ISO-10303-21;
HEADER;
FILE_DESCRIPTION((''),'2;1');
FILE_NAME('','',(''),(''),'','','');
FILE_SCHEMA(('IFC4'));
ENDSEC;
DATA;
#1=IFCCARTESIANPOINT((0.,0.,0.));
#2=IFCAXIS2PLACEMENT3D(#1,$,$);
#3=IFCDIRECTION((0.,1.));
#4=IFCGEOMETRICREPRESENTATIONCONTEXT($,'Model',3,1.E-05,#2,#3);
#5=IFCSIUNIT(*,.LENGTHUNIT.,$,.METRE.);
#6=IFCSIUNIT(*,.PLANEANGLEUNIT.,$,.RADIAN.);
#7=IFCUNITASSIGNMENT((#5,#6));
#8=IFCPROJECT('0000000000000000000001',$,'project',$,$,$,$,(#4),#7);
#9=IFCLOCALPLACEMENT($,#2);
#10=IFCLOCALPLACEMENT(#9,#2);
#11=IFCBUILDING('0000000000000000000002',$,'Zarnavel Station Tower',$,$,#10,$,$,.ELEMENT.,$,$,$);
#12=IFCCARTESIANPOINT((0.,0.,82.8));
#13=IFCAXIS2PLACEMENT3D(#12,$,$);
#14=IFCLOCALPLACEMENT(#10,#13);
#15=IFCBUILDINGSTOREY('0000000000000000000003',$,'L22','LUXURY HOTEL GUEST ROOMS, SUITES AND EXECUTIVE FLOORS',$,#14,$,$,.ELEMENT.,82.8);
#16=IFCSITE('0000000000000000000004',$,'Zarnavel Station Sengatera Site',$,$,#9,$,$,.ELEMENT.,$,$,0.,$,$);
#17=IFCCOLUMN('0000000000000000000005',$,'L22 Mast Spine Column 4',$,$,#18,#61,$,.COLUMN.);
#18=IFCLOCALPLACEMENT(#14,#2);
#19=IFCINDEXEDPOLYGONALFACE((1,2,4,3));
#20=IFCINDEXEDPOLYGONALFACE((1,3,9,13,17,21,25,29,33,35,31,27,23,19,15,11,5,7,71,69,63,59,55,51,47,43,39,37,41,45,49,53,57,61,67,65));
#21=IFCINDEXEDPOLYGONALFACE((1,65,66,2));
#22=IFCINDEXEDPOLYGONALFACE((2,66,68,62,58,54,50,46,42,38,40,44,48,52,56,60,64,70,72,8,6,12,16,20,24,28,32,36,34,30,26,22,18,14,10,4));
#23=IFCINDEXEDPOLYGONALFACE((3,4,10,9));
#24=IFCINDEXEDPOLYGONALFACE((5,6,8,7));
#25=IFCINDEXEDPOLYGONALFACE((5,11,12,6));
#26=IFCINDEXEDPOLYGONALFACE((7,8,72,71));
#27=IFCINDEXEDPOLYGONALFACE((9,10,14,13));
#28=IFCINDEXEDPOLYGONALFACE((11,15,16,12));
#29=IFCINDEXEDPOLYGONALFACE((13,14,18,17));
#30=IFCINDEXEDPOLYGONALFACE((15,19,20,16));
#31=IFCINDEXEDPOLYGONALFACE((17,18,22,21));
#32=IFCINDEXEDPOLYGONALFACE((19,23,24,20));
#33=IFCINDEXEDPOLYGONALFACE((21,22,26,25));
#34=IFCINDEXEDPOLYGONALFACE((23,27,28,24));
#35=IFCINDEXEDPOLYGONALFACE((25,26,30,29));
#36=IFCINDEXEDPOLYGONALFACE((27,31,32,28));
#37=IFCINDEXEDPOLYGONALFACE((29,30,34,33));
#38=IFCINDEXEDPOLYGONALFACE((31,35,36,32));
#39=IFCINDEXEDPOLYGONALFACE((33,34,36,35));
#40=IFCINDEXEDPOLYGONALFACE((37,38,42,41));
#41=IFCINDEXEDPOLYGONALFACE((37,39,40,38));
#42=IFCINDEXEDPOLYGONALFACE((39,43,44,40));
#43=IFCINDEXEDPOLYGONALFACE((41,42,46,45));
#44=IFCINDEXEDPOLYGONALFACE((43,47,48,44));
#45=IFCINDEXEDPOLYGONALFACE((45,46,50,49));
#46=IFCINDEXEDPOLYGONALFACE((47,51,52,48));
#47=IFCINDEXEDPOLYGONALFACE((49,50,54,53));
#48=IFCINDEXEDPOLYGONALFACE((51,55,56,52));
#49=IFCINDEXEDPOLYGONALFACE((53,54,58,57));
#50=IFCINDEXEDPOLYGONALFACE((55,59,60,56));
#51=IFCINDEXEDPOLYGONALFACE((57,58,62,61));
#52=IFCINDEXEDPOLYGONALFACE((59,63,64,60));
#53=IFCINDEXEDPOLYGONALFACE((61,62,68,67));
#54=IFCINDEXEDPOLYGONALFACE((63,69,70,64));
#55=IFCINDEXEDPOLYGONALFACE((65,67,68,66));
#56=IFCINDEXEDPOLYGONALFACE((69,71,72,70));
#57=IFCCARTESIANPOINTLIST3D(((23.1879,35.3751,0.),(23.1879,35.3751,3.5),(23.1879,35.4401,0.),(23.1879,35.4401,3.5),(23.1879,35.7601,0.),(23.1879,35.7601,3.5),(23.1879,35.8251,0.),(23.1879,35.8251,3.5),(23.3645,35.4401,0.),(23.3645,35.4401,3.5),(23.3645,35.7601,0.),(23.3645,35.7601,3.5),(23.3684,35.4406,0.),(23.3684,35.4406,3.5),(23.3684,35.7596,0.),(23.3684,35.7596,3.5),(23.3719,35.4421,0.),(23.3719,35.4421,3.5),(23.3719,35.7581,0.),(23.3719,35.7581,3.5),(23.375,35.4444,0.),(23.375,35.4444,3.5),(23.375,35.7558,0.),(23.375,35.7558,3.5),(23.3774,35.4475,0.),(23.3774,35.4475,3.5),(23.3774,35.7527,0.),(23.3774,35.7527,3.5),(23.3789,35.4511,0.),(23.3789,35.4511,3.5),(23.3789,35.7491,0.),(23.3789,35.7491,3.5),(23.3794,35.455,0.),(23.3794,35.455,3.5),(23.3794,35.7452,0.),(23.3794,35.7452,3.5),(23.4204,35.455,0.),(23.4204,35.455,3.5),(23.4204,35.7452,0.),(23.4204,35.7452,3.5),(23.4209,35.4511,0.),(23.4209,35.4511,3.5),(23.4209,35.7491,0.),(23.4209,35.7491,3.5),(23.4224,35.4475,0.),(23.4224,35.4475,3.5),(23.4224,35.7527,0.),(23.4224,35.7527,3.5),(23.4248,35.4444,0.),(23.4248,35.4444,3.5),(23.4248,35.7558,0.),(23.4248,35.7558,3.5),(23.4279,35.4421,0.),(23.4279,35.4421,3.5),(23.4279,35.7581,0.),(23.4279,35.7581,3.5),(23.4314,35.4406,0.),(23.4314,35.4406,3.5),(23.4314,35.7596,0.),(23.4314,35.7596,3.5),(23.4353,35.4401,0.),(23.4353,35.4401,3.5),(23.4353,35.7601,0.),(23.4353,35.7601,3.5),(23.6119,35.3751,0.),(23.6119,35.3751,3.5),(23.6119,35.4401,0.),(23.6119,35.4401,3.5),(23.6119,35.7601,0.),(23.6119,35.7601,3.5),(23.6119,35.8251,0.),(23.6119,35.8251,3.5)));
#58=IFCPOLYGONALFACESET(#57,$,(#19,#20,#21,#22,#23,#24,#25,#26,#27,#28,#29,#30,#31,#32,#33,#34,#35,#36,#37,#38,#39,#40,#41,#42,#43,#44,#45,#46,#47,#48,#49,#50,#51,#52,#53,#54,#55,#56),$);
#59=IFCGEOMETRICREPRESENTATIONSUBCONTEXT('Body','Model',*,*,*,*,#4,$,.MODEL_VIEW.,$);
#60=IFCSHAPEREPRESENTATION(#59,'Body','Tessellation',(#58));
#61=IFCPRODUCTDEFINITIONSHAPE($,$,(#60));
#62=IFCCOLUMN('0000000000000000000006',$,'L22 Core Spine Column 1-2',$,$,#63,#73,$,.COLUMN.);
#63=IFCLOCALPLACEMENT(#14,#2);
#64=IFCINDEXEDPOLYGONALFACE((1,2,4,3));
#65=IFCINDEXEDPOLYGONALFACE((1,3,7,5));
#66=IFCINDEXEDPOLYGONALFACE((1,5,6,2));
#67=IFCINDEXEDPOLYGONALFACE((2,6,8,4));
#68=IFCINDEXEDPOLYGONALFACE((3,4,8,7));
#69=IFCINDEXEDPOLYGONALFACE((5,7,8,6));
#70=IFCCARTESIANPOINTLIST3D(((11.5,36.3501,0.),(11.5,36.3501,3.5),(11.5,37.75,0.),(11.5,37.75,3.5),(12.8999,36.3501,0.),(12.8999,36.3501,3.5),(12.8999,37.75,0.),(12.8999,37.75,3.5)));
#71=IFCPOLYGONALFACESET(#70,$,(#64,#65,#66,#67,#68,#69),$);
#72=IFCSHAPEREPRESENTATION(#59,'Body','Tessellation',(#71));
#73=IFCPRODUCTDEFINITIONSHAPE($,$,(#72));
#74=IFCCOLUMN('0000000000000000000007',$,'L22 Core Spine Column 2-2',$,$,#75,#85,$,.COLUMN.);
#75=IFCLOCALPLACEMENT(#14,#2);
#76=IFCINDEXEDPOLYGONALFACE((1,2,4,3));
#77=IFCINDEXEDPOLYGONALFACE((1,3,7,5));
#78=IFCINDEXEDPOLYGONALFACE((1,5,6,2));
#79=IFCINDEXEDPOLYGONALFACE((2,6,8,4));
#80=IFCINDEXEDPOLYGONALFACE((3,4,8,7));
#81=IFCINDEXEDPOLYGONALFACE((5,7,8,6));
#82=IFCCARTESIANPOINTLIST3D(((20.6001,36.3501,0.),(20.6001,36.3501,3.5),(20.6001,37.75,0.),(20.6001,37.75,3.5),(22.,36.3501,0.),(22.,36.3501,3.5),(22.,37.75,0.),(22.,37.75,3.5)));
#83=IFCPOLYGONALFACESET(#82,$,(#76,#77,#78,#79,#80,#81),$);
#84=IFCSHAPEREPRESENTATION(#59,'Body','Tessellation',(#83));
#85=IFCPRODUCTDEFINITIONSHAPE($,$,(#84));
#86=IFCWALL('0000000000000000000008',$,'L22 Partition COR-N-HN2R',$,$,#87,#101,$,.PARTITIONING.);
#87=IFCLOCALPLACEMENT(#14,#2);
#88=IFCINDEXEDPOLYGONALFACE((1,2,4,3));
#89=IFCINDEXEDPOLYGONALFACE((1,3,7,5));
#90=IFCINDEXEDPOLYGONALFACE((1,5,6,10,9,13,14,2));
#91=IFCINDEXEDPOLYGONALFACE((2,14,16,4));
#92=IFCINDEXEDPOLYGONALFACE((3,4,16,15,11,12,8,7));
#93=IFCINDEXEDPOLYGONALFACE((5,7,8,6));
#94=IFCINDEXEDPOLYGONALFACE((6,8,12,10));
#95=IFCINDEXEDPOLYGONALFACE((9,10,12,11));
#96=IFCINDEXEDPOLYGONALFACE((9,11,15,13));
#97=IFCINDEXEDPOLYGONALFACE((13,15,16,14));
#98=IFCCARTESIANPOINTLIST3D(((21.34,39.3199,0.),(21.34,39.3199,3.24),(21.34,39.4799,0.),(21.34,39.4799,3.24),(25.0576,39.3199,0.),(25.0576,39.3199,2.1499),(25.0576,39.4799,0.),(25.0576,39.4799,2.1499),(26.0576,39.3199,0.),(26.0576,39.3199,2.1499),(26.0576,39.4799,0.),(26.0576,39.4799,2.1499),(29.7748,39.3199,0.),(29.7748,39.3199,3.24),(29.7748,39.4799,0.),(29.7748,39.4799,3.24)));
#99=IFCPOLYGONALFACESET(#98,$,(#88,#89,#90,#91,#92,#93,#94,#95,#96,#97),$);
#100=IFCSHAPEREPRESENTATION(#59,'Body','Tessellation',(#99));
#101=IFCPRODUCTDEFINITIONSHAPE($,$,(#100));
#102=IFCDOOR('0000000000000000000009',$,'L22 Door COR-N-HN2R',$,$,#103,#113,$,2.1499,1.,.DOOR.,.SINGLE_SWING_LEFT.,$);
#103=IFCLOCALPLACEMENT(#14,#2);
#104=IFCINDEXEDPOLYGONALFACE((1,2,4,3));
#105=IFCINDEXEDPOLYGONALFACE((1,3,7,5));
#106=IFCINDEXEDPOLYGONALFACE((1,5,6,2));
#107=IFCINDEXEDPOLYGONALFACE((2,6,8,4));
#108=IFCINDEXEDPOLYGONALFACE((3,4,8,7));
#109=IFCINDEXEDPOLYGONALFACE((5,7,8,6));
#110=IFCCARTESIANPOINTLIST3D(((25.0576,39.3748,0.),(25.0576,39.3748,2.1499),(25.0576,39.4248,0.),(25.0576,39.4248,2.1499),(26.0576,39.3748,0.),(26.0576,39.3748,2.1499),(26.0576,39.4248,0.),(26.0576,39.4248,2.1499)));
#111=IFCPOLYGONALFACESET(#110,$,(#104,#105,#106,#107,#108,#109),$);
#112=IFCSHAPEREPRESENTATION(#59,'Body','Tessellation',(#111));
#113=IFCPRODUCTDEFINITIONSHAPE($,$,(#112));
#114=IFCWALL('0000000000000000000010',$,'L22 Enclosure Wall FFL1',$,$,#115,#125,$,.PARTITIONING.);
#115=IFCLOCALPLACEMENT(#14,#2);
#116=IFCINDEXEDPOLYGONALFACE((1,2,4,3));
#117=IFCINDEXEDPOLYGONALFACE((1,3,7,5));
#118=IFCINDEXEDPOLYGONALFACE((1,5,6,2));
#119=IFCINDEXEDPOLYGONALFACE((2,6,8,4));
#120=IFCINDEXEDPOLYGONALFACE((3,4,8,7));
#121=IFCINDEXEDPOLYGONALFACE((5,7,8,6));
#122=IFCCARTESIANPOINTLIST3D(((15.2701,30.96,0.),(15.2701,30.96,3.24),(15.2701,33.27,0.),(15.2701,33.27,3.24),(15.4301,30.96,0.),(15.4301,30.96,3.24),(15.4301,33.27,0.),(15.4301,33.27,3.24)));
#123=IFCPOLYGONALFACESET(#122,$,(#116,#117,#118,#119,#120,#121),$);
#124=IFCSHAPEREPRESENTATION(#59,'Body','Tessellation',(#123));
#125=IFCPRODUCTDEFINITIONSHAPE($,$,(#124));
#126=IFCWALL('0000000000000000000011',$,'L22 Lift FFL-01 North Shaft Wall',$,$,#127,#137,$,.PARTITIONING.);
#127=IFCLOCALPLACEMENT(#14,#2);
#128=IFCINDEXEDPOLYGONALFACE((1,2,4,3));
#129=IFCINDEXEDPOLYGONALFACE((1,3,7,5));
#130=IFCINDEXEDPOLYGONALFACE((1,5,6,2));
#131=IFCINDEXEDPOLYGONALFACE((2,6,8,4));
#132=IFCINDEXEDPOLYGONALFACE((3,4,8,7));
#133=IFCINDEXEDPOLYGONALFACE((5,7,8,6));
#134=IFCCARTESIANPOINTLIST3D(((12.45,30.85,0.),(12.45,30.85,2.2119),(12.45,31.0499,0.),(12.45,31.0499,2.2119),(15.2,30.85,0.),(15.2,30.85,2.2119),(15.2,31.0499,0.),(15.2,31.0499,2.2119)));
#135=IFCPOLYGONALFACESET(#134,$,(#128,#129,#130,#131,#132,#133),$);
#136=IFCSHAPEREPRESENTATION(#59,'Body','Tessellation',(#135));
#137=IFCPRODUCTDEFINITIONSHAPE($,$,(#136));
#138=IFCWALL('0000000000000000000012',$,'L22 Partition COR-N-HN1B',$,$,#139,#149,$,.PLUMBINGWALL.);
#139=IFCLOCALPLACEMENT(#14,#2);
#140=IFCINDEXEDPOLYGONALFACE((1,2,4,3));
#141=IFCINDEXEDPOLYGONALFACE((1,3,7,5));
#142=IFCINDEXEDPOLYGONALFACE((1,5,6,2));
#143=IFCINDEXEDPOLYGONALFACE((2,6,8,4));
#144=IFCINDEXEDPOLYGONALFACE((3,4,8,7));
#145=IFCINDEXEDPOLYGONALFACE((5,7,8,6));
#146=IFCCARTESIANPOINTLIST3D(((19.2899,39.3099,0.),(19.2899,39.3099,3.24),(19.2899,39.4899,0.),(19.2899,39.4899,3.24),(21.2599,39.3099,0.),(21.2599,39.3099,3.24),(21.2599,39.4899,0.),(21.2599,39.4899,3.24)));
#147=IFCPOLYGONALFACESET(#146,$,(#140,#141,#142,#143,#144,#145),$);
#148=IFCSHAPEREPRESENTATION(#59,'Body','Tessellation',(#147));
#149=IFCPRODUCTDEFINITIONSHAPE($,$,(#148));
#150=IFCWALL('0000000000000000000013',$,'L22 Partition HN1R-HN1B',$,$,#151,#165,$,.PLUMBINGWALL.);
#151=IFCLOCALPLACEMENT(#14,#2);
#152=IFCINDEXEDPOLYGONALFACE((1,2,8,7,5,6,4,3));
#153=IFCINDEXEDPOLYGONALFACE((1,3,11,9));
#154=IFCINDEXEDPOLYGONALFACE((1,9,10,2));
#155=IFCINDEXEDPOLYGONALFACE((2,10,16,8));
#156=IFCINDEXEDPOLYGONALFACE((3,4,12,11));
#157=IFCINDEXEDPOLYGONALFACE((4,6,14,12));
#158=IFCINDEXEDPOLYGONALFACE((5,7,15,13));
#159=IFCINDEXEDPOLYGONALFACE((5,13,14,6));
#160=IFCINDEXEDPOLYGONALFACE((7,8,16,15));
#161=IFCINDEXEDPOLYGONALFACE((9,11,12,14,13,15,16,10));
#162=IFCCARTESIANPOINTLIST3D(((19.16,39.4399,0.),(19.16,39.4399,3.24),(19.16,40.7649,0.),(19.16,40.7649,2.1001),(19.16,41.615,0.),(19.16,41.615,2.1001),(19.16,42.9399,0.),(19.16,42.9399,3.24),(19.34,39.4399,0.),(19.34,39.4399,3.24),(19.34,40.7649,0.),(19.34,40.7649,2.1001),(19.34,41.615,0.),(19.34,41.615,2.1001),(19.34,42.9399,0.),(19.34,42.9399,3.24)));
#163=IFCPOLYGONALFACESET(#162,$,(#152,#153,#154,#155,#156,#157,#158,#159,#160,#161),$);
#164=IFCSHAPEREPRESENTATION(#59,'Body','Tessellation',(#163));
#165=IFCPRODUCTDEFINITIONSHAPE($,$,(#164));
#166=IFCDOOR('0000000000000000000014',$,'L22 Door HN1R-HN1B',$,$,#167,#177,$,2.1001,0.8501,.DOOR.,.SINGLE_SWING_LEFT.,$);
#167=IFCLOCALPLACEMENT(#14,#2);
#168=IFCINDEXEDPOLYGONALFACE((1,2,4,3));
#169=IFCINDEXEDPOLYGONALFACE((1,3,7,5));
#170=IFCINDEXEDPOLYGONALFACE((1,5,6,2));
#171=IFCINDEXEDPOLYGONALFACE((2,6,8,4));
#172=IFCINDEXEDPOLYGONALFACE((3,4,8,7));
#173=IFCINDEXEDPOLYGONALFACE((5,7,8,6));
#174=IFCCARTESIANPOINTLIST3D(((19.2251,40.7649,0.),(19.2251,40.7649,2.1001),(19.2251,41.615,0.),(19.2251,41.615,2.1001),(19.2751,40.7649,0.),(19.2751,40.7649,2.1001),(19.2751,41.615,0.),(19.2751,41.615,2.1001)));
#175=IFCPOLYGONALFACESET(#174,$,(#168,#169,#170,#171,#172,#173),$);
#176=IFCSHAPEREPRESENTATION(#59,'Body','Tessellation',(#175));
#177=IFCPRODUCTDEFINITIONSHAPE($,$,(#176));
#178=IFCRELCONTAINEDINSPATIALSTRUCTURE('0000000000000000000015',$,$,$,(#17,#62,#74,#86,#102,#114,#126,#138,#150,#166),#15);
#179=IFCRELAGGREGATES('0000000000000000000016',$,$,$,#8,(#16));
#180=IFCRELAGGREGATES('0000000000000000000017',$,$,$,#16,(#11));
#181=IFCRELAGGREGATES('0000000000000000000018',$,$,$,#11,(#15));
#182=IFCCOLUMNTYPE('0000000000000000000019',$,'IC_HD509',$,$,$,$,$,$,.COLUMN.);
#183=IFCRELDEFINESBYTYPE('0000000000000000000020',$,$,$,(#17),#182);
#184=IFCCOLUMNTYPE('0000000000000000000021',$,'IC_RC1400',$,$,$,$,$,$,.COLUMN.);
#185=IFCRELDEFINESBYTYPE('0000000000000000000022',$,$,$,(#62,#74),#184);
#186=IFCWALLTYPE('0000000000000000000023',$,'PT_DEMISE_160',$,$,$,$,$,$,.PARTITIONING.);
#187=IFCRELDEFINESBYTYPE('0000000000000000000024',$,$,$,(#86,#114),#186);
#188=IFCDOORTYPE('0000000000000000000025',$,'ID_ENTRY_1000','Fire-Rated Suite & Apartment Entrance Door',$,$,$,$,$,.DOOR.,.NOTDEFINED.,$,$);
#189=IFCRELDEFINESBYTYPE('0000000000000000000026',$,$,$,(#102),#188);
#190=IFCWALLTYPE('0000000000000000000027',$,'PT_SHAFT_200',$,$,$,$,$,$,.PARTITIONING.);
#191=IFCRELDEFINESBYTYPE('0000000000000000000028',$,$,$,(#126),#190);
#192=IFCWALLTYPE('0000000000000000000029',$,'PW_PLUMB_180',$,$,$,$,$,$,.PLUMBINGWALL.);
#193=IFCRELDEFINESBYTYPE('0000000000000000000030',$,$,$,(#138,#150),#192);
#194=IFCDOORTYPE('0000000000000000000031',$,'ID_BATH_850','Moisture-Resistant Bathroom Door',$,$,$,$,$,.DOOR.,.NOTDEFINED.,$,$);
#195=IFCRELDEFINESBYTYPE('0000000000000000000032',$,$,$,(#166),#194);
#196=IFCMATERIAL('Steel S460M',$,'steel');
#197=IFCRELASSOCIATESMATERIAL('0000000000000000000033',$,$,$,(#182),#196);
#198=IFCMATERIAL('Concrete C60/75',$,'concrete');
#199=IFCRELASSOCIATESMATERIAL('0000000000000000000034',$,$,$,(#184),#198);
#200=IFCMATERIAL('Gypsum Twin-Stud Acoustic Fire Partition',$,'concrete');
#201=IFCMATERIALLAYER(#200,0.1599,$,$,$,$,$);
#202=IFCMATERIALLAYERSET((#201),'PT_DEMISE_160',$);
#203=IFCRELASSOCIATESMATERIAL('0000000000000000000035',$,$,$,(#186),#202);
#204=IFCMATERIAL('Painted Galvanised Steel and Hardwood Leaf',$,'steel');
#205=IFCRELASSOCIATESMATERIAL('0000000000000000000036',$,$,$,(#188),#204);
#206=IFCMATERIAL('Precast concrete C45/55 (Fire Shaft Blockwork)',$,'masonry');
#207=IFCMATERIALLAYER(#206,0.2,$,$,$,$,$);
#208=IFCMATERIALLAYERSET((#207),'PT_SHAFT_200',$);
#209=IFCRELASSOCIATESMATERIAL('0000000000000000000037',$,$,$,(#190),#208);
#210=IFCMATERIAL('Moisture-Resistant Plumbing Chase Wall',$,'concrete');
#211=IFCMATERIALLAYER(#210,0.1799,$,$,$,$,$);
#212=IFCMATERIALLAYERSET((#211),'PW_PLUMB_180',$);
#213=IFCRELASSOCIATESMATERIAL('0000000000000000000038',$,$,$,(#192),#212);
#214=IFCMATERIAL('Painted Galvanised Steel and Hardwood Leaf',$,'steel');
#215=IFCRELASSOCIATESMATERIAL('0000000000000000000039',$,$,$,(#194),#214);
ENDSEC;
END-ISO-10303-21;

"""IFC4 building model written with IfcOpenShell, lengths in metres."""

from ifc_helpers import new_model, si_unit, direction, frame, frame_2d, origin, origin_2d, place, context, subcontext, project, spatial, rectangle, i_section, extrude, material, layer, layer_set, material_profile, profile_set, type_object, element, fill, save


model = new_model("IFC4")

# Units and contexts
model_context = context("Model", 3, precision=1e-05, world=origin(), true_north=direction((0.0, 1.0)))
body_context = subcontext(model_context, "Body", "Model", "MODEL_VIEW")
ifc_project = project(units=[si_unit("LENGTHUNIT", "METRE"), si_unit("PLANEANGLEUNIT", "RADIAN")], contexts=[model_context])

# Site, building, storey
site_placement = place(None, origin())
site = spatial("IfcSite", under=ifc_project, at=site_placement, Name="Zarnavel Station Sengatera Site", CompositionType="ELEMENT", RefElevation=0.0)
building_placement = place(site_placement, origin())
building = spatial("IfcBuilding", under=site, at=building_placement, Name="Zarnavel Station Tower", CompositionType="ELEMENT")
storey_placement = place(building_placement, frame((0.0, 0.0, 82.8)))
storey = spatial("IfcBuildingStorey", under=building, at=storey_placement, Name="L22", Description="LUXURY HOTEL GUEST ROOMS, SUITES AND EXECUTIVE FLOORS", CompositionType="ELEMENT", Elevation=82.8)

# Columns
ifc_material_1 = material(Name="Steel S460M", Category="steel")
ifc_material_profile_1 = material_profile(ifc_material_1, i_section(OverallWidth=0.4241, OverallDepth=0.45, WebThickness=0.041, FlangeThickness=0.0649, FilletRadius=0.0149, at=origin_2d()), Name="HD400x509")
ifc_profile_set_1 = profile_set([ifc_material_profile_1], Name="Steel S460M")
column_type_1 = type_object("IfcColumnType", Name="IC_HD509", PredefinedType="COLUMN", material=ifc_profile_set_1)
column_placement = place(storey_placement, frame((23.3999, 35.6001, 0.0), z_axis=(0.0, 0.0, 1.0), x_axis=(1.0, 0.0, 0.0)))
element("IfcColumn", 1, at=column_placement, inside=storey, type_object=column_type_1, Name="L22 Mast Spine Column 4", PredefinedType="COLUMN", context=body_context, shape_type="SweptSolid", body=[
    extrude(i_section(OverallWidth=0.4241, OverallDepth=0.45, WebThickness=0.041, FlangeThickness=0.0649, FilletRadius=0.0149, at=origin_2d()), origin(), (0.0, 0.0, 1.0), 3.5),
])
ifc_material_2 = material(Name="Concrete C60/75", Category="concrete")
ifc_material_profile_2 = material_profile(ifc_material_2, rectangle(XDim=1.3999, YDim=1.3999, at=origin_2d()), Name="RC1400x1400")
ifc_profile_set_2 = profile_set([ifc_material_profile_2], Name="Concrete C60/75")
column_type_2 = type_object("IfcColumnType", Name="IC_RC1400", PredefinedType="COLUMN", material=ifc_profile_set_2)
for number, where, z_axis, x_axis, name in (
    (2, (12.2, 37.05, 0.0), (0.0, 0.0, 1.0), (1.0, 0.0, 0.0), "L22 Core Spine Column 1-2"),
    (3, (21.3, 37.05, 0.0), (0.0, 0.0, 1.0), (1.0, 0.0, 0.0), "L22 Core Spine Column 2-2"),
):
    element("IfcColumn", number, at=place(storey_placement, frame(where, z_axis=z_axis, x_axis=x_axis)), inside=storey, type_object=column_type_2, Name=name, PredefinedType="COLUMN", context=body_context, shape_type="SweptSolid", body=[
        extrude(rectangle(XDim=1.3999, YDim=1.3999, at=origin_2d()), origin(), (0.0, 0.0, 1.0), 3.5),
    ])

# Wall, opening, door
ifc_material_3 = material(Name="Gypsum Twin-Stud Acoustic Fire Partition", Category="concrete")
ifc_layer_1 = layer(ifc_material_3, 0.1599)
ifc_layer_set_1 = layer_set([ifc_layer_1], Name="PT_DEMISE_160")
wall_type_1 = type_object("IfcWallType", Name="PT_DEMISE_160", PredefinedType="PARTITIONING", material=ifc_layer_set_1)
wall_1_placement = place(storey_placement, frame((21.3401, 39.3999, 0.0), z_axis=(0.0, 0.0, 1.0), x_axis=(1.0, 0.0, 0.0)))
wall_1 = element("IfcWall", 4, at=wall_1_placement, inside=storey, type_object=wall_type_1, Name="L22 Partition COR-N-HN2R", PredefinedType="PARTITIONING", context=body_context, shape_type="SweptSolid", body=[
    extrude(rectangle(XDim=8.4348, YDim=0.1599, at=frame_2d((4.2173, 0.0))), origin(), (0.0, 0.0, 1.0), 3.24),
])
opening_1_placement = place(wall_1_placement, frame((3.7175, 0.0, 0.0)))
opening_1 = element("IfcOpeningElement", 5, at=opening_1_placement, cuts=wall_1, PredefinedType="OPENING", context=body_context, shape_type="SweptSolid", body=[
    extrude(rectangle(XDim=1.0, YDim=2.1499, at=frame_2d((0.5, 1.075))), frame((0.0, 0.0898, 0.0), z_axis=(0.0, -1.0, 0.0), x_axis=(1.0, 0.0, 0.0)), (0.0, 0.0, 1.0), 0.1799),
])
ifc_material_4 = material(Name="Painted Galvanised Steel and Hardwood Leaf", Category="steel")
door_type_1 = type_object("IfcDoorType", Name="ID_ENTRY_1000", Description="Fire-Rated Suite & Apartment Entrance Door", OperationType="NOTDEFINED", PredefinedType="DOOR", material=ifc_material_4)
door_1_placement = place(opening_1_placement, origin())
door_1 = element("IfcDoor", 6, at=door_1_placement, inside=storey, type_object=door_type_1, Name="L22 Door COR-N-HN2R", OperationType="SINGLE_SWING_LEFT", OverallHeight=2.1499, OverallWidth=1.0, PredefinedType="DOOR", context=body_context, shape_type="SweptSolid", body=[
    extrude(rectangle(XDim=1.0, YDim=2.1499, at=frame_2d((0.5, 1.075))), frame((0.0, 0.0249, 0.0), z_axis=(0.0, -1.0, 0.0), x_axis=(1.0, 0.0, 0.0)), (0.0, 0.0, 1.0), 0.05),
])
fill(opening_1, door_1)

# Walls
wall_2_placement = place(storey_placement, frame((15.3501, 30.96, 0.0), z_axis=(0.0, 0.0, 1.0), x_axis=(0.0, 1.0, 0.0)))
element("IfcWall", 7, at=wall_2_placement, inside=storey, type_object=wall_type_1, Name="L22 Enclosure Wall FFL1", PredefinedType="PARTITIONING", context=body_context, shape_type="SweptSolid", body=[
    extrude(rectangle(XDim=2.3101, YDim=0.1599, at=frame_2d((1.155, 0.0))), origin(), (0.0, 0.0, 1.0), 3.24),
])
ifc_material_5 = material(Name="Precast concrete C45/55 (Fire Shaft Blockwork)", Category="masonry")
ifc_layer_2 = layer(ifc_material_5, 0.2)
ifc_layer_set_2 = layer_set([ifc_layer_2], Name="PT_SHAFT_200")
wall_type_2 = type_object("IfcWallType", Name="PT_SHAFT_200", PredefinedType="PARTITIONING", material=ifc_layer_set_2)
wall_3_placement = place(storey_placement, frame((12.45, 30.95, 0.0), z_axis=(0.0, 0.0, 1.0), x_axis=(1.0, 0.0, 0.0)))
element("IfcWall", 8, at=wall_3_placement, inside=storey, type_object=wall_type_2, Name="L22 Lift FFL-01 North Shaft Wall", PredefinedType="PARTITIONING", context=body_context, shape_type="SweptSolid", body=[
    extrude(rectangle(XDim=2.75, YDim=0.2, at=frame_2d((1.375, 0.0))), origin(), (0.0, 0.0, 1.0), 2.2119),
])

# Wall
ifc_material_6 = material(Name="Moisture-Resistant Plumbing Chase Wall", Category="concrete")
ifc_layer_3 = layer(ifc_material_6, 0.1799)
ifc_layer_set_3 = layer_set([ifc_layer_3], Name="PW_PLUMB_180")
wall_type_3 = type_object("IfcWallType", Name="PW_PLUMB_180", PredefinedType="PLUMBINGWALL", material=ifc_layer_set_3)
wall_4_placement = place(storey_placement, frame((19.29, 39.3999, 0.0), z_axis=(0.0, 0.0, 1.0), x_axis=(1.0, 0.0, 0.0)))
element("IfcWall", 9, at=wall_4_placement, inside=storey, type_object=wall_type_3, Name="L22 Partition COR-N-HN1B", PredefinedType="PLUMBINGWALL", context=body_context, shape_type="SweptSolid", body=[
    extrude(rectangle(XDim=1.97, YDim=0.1799, at=frame_2d((0.9849, 0.0))), origin(), (0.0, 0.0, 1.0), 3.24),
])

# Wall, opening, door
wall_5_placement = place(storey_placement, frame((19.25, 39.4399, 0.0), z_axis=(0.0, 0.0, 1.0), x_axis=(0.0, 1.0, 0.0)))
wall_5 = element("IfcWall", 10, at=wall_5_placement, inside=storey, type_object=wall_type_3, Name="L22 Partition HN1R-HN1B", PredefinedType="PLUMBINGWALL", context=body_context, shape_type="SweptSolid", body=[
    extrude(rectangle(XDim=3.5, YDim=0.1799, at=frame_2d((1.75, 0.0))), origin(), (0.0, 0.0, 1.0), 3.24),
])
opening_2_placement = place(wall_5_placement, frame((1.325, 0.0, 0.0)))
opening_2 = element("IfcOpeningElement", 11, at=opening_2_placement, cuts=wall_5, PredefinedType="OPENING", context=body_context, shape_type="SweptSolid", body=[
    extrude(rectangle(XDim=0.8501, YDim=2.1001, at=frame_2d((0.425, 1.05))), frame((0.0, 0.0999, 0.0), z_axis=(0.0, -1.0, 0.0), x_axis=(1.0, 0.0, 0.0)), (0.0, 0.0, 1.0), 0.2),
])
ifc_material_7 = material(Name="Painted Galvanised Steel and Hardwood Leaf", Category="steel")
door_type_2 = type_object("IfcDoorType", Name="ID_BATH_850", Description="Moisture-Resistant Bathroom Door", OperationType="NOTDEFINED", PredefinedType="DOOR", material=ifc_material_7)
door_2_placement = place(opening_2_placement, origin())
door_2 = element("IfcDoor", 12, at=door_2_placement, inside=storey, type_object=door_type_2, Name="L22 Door HN1R-HN1B", OperationType="SINGLE_SWING_LEFT", OverallHeight=2.1001, OverallWidth=0.8501, PredefinedType="DOOR", context=body_context, shape_type="SweptSolid", body=[
    extrude(rectangle(XDim=0.8501, YDim=2.1001, at=frame_2d((0.425, 1.05))), frame((0.0, 0.0249, 0.0), z_axis=(0.0, -1.0, 0.0), x_axis=(1.0, 0.0, 0.0)), (0.0, 0.0, 1.0), 0.05),
])
fill(opening_2, door_2)

save(model, "model.ifc")
